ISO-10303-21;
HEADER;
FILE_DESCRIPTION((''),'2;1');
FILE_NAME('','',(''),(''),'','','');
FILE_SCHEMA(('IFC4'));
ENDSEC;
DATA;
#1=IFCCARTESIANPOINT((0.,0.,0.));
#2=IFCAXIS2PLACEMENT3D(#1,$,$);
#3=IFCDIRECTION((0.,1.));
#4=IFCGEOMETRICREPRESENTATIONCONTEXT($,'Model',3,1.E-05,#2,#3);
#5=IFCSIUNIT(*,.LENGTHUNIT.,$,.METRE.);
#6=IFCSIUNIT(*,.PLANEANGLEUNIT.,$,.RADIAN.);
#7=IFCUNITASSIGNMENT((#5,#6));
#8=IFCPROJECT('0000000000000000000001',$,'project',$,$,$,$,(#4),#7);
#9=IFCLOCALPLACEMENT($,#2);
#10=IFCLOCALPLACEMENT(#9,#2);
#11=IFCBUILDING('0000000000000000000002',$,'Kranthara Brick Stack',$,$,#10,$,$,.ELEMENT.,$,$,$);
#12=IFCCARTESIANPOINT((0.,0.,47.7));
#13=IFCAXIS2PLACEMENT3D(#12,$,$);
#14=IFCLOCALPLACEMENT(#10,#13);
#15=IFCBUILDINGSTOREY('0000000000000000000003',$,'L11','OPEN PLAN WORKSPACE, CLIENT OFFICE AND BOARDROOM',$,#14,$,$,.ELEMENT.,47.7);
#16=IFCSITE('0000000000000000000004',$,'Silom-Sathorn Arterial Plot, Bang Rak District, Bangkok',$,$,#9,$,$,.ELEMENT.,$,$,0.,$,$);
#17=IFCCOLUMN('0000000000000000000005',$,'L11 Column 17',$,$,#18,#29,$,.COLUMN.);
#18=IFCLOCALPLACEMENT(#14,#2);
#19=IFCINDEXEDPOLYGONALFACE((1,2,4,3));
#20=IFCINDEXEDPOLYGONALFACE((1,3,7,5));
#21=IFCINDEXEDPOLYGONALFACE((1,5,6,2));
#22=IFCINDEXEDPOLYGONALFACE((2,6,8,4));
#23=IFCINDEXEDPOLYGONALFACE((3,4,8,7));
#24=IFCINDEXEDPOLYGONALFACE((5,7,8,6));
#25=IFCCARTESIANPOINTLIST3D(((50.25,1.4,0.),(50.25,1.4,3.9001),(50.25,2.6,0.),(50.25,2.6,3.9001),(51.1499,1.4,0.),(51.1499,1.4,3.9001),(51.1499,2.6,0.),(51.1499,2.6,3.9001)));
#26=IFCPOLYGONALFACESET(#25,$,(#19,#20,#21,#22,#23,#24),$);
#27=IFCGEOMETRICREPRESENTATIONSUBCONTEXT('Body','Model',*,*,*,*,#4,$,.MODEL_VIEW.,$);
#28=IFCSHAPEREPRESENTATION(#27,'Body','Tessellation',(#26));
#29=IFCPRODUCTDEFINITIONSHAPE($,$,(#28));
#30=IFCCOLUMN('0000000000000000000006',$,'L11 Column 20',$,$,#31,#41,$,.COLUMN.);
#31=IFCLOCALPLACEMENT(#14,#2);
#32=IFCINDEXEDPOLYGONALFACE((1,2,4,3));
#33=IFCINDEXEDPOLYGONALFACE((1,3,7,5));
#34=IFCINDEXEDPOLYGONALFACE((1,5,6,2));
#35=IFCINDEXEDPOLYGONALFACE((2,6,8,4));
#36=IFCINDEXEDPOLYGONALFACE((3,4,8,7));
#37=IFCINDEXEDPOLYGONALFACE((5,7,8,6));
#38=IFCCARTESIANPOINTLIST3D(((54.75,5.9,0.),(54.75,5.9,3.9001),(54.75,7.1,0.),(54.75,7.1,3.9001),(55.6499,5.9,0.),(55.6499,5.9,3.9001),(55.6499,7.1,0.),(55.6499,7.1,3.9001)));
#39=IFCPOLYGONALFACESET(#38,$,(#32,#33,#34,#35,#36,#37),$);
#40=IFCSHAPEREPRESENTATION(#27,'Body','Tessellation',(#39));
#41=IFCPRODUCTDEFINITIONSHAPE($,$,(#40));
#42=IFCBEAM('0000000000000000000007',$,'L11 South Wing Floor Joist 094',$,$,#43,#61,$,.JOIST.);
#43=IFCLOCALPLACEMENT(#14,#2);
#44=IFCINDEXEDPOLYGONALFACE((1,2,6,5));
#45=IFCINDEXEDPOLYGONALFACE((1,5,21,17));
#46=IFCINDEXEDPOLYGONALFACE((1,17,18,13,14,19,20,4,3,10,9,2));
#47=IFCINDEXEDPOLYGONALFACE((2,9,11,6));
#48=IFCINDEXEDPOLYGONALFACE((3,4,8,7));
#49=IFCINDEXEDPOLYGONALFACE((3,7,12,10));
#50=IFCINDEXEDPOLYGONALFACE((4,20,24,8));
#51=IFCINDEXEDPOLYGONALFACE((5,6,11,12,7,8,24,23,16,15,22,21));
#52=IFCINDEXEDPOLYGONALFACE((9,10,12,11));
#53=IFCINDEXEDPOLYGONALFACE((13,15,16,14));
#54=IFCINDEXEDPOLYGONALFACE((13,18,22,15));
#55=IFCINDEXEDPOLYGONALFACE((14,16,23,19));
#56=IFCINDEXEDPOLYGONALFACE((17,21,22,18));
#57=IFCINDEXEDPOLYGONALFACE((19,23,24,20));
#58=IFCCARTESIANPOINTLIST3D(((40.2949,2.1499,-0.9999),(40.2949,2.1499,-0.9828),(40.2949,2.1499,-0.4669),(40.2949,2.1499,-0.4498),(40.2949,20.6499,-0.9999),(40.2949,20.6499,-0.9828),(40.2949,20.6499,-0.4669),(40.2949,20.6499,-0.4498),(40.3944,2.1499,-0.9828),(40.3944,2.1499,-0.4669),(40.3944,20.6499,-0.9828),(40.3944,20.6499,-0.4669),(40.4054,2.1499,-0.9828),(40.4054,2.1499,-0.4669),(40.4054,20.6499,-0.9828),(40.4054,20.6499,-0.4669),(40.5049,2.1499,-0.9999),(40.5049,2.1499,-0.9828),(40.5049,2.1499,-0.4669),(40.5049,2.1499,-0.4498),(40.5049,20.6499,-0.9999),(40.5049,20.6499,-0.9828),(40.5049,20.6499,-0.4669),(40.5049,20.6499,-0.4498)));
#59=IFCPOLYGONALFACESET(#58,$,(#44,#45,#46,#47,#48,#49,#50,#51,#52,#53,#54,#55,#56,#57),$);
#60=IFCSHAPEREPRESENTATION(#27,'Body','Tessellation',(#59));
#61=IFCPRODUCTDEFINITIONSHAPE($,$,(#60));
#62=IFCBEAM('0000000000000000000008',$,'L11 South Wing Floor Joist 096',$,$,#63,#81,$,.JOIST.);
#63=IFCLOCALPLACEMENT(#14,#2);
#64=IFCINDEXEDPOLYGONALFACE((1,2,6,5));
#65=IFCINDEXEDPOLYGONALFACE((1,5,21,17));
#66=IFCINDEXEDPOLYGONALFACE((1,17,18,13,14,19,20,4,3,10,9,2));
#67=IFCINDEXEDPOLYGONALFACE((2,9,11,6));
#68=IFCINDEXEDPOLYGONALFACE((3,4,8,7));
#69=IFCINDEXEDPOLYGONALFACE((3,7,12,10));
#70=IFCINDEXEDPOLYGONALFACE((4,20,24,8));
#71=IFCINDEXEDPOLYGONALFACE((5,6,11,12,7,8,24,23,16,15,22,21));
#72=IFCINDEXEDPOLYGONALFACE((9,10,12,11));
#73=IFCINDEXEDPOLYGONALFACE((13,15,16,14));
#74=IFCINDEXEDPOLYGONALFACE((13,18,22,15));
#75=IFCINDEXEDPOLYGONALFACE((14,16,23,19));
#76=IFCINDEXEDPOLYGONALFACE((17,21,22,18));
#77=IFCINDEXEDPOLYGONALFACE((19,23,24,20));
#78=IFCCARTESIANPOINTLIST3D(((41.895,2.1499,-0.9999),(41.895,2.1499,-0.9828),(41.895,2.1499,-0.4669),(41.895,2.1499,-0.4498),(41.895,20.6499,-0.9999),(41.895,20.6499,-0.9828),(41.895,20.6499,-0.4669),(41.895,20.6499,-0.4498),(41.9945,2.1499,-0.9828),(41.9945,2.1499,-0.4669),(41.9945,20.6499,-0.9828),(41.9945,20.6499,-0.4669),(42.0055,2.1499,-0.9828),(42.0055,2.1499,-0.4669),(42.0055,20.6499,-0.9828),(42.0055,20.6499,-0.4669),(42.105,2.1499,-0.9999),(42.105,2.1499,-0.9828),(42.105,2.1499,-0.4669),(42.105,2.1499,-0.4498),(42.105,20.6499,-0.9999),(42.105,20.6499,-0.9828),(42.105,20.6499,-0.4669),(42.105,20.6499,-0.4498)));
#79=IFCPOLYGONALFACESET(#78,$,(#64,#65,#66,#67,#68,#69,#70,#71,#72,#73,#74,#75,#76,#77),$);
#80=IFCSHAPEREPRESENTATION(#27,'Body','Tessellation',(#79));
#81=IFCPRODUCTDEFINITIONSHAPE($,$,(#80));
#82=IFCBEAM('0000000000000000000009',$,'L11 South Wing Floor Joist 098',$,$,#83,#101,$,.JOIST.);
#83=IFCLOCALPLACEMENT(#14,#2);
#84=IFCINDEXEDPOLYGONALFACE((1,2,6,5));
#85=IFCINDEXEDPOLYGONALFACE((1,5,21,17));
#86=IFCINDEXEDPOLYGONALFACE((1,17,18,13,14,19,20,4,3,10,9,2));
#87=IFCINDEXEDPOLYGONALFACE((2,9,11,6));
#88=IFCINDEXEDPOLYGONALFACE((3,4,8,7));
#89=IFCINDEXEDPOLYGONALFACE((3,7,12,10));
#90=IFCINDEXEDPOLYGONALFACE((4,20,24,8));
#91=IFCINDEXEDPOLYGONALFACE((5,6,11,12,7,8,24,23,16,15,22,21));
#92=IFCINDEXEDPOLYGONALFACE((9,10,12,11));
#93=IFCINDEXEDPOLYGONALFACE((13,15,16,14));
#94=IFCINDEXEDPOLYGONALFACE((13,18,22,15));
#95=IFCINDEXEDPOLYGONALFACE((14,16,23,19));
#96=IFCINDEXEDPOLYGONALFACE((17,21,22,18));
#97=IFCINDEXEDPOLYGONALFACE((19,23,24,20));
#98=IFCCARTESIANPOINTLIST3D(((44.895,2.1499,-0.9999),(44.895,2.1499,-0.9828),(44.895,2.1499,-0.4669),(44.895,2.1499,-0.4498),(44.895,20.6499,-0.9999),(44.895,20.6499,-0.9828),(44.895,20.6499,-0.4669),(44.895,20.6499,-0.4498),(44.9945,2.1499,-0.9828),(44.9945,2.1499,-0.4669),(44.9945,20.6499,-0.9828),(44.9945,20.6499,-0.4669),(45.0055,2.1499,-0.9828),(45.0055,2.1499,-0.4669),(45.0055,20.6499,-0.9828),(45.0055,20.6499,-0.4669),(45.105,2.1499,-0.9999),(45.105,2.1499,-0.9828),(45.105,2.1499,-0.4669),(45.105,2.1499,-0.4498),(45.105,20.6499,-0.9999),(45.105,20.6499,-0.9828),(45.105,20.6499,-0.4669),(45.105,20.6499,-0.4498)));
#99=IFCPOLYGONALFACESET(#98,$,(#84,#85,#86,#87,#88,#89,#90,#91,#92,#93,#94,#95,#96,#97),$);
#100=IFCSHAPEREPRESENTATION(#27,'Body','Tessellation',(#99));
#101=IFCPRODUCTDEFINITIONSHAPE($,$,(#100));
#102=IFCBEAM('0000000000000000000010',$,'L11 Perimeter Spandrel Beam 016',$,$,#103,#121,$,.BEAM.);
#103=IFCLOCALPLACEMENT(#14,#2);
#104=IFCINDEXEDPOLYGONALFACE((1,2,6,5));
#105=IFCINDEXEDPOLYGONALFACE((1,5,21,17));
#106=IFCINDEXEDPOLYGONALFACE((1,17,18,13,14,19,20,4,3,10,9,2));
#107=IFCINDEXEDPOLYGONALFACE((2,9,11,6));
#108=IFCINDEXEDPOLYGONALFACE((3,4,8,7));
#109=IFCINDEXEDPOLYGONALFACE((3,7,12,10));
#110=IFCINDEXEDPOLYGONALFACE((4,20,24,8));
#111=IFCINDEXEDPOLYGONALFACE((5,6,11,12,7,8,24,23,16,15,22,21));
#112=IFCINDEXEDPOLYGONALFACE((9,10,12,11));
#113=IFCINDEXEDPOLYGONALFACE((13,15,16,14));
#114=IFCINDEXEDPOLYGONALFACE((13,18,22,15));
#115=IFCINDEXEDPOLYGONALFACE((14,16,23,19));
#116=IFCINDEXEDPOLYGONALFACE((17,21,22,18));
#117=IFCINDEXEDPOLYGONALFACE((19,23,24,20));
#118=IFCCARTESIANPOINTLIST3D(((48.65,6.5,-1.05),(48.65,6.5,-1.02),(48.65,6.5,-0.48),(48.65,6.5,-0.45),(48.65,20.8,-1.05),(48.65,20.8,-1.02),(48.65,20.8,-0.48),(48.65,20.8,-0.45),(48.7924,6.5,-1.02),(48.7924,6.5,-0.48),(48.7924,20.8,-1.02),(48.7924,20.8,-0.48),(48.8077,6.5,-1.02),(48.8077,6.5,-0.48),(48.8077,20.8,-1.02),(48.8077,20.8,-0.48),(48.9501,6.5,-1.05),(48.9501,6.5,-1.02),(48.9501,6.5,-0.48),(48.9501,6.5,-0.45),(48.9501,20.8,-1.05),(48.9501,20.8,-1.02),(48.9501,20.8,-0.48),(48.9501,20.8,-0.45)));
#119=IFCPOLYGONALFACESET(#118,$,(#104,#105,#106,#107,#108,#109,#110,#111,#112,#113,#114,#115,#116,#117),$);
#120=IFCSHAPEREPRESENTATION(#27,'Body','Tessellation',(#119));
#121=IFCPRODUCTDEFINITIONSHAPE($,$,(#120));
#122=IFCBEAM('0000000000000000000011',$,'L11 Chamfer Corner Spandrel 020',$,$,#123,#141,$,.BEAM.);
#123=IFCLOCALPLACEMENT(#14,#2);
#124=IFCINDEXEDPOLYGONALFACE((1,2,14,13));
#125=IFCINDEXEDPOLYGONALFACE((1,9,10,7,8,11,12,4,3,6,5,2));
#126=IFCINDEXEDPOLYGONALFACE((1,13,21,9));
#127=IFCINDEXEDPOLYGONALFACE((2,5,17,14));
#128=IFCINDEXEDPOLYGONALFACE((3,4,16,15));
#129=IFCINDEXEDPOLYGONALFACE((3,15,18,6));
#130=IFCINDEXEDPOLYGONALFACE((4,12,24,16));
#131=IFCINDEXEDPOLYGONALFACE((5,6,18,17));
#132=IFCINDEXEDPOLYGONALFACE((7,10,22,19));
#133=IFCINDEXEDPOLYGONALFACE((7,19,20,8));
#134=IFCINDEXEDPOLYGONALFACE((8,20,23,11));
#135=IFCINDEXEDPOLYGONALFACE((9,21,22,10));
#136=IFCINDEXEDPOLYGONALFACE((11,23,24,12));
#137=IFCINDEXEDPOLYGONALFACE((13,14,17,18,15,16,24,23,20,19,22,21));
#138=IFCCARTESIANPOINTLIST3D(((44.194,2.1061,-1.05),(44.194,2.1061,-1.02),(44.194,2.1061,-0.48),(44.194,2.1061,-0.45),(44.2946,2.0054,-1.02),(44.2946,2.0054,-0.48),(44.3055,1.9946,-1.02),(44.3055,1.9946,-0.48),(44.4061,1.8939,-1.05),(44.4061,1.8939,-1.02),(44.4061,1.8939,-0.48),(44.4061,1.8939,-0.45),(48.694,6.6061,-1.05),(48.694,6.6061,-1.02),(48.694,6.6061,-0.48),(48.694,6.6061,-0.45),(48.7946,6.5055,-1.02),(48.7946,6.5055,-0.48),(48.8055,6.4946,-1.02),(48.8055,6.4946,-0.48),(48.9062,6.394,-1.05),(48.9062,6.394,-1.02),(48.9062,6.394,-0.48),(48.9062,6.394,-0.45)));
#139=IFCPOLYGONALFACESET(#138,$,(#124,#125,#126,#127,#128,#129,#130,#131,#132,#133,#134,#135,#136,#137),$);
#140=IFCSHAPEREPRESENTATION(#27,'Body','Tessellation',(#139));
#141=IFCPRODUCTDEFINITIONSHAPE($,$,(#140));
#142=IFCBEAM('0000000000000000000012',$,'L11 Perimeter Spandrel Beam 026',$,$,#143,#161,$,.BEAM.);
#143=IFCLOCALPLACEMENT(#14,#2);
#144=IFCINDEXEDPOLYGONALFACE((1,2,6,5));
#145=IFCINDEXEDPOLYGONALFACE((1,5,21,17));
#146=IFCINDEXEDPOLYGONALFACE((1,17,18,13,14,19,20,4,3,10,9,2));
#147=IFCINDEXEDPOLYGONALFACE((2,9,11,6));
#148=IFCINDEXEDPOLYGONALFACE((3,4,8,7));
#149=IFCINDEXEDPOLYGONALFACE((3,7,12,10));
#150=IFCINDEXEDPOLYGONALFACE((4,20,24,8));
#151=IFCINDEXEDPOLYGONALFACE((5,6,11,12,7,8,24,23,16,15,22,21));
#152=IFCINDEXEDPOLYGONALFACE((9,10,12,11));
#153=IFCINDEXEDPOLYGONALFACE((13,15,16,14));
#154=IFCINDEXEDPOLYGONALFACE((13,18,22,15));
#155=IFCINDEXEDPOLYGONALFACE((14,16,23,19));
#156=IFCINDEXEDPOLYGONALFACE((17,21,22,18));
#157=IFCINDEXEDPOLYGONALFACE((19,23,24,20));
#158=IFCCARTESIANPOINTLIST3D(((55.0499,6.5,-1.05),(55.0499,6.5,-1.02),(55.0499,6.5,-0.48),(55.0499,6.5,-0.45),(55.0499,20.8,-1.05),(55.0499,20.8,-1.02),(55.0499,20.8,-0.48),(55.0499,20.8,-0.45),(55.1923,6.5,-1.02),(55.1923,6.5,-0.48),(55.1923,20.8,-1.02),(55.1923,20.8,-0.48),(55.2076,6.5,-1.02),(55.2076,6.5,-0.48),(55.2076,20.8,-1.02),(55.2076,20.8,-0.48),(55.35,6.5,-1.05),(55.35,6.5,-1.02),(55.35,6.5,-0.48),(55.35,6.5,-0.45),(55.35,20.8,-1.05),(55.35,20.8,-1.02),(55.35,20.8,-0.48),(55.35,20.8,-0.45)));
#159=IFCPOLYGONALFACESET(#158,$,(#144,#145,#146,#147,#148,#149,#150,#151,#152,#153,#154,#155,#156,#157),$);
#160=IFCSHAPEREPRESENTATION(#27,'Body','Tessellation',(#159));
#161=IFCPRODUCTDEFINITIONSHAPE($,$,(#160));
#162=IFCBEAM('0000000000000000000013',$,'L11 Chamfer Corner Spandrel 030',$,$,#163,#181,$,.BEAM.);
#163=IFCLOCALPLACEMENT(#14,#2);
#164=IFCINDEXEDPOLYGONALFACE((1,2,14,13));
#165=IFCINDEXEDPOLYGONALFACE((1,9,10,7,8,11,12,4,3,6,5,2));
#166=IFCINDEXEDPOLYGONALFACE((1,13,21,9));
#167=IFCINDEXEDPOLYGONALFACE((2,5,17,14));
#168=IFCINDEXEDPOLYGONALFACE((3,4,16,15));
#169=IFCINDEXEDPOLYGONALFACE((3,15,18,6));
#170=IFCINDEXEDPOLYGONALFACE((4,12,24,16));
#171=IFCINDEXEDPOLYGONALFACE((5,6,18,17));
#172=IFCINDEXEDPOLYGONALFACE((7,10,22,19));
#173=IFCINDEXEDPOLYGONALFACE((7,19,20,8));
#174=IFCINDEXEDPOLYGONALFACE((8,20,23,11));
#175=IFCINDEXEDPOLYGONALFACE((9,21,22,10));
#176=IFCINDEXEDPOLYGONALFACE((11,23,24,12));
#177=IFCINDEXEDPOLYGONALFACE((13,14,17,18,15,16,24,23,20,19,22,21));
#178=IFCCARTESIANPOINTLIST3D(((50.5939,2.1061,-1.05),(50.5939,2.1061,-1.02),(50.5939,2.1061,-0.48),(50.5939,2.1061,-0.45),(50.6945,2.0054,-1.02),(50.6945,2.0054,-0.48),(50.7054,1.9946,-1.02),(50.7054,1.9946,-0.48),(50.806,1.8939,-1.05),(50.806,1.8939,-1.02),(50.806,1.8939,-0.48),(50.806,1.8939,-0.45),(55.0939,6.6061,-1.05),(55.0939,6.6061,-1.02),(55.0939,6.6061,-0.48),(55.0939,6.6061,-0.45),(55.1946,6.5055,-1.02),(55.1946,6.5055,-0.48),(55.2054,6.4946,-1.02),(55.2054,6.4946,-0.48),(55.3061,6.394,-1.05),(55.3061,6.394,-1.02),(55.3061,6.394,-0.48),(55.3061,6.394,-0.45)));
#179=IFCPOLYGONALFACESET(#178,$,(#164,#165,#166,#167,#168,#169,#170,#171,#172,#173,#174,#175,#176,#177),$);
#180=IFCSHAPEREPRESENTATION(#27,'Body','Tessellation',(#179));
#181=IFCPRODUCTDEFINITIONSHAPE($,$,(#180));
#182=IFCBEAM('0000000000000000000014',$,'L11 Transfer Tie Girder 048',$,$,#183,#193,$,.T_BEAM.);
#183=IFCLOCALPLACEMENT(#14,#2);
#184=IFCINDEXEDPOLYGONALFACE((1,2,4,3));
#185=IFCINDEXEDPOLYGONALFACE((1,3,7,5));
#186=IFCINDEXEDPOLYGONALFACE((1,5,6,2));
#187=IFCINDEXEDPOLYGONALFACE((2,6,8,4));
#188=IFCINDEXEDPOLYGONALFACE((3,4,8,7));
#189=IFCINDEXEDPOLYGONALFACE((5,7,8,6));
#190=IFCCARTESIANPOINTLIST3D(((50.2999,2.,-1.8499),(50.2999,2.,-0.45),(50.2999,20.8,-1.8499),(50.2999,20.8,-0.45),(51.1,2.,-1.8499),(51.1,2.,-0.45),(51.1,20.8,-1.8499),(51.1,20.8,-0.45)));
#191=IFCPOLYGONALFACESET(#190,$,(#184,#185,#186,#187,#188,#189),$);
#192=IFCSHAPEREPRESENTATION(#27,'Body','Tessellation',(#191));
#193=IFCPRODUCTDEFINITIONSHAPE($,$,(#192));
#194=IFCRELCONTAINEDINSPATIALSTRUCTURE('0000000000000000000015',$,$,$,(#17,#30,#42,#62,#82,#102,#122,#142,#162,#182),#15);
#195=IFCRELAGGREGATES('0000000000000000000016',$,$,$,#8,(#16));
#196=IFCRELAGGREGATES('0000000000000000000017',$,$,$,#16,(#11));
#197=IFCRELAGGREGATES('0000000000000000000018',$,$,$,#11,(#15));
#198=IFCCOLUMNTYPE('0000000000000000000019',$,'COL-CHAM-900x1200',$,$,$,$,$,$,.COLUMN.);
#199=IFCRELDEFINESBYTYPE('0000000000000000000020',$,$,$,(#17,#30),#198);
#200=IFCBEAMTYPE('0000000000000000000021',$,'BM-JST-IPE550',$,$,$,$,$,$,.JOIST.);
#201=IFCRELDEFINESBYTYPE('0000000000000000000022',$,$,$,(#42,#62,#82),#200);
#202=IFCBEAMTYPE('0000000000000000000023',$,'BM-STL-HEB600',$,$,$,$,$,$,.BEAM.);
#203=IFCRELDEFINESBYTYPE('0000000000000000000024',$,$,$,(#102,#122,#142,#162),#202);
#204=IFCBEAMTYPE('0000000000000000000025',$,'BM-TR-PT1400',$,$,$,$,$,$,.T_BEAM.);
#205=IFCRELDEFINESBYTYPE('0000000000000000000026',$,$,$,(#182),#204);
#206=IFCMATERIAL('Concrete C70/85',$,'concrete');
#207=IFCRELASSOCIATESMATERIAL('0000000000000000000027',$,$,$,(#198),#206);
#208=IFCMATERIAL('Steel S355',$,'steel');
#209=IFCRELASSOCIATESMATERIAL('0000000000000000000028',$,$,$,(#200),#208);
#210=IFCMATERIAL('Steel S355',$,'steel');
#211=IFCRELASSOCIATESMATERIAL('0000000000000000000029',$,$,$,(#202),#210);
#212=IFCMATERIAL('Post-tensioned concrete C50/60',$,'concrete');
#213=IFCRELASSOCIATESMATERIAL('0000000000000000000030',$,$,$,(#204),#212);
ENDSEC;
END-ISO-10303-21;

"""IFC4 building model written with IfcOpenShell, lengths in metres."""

from ifc_helpers import new_model, si_unit, direction, frame, origin, origin_2d, place, context, subcontext, project, spatial, rectangle, i_section, extrude, material, material_profile, profile_set, type_object, element, save


model = new_model("IFC4")

# Units and contexts
model_context = context("Model", 3, precision=1e-05, world=origin(), true_north=direction((0.0, 1.0)))
body_context = subcontext(model_context, "Body", "Model", "MODEL_VIEW")
ifc_project = project(units=[si_unit("LENGTHUNIT", "METRE"), si_unit("PLANEANGLEUNIT", "RADIAN")], contexts=[model_context])

# Site, building, storey
site_placement = place(None, origin())
site = spatial("IfcSite", under=ifc_project, at=site_placement, Name="Silom-Sathorn Arterial Plot, Bang Rak District, Bangkok", CompositionType="ELEMENT", RefElevation=0.0)
building_placement = place(site_placement, origin())
building = spatial("IfcBuilding", under=site, at=building_placement, Name="Kranthara Brick Stack", CompositionType="ELEMENT")
storey_placement = place(building_placement, frame((0.0, 0.0, 47.7)))
storey = spatial("IfcBuildingStorey", under=building, at=storey_placement, Name="L11", Description="OPEN PLAN WORKSPACE, CLIENT OFFICE AND BOARDROOM", CompositionType="ELEMENT", Elevation=47.7)

# Columns
ifc_material_1 = material(Name="Concrete C70/85", Category="concrete")
ifc_material_profile_1 = material_profile(ifc_material_1, rectangle(XDim=0.8999, YDim=1.2, at=origin_2d()), Name="RC 900x1200")
ifc_profile_set_1 = profile_set([ifc_material_profile_1], Name="Concrete C70/85")
column_type = type_object("IfcColumnType", Name="COL-CHAM-900x1200", PredefinedType="COLUMN", material=ifc_profile_set_1)
for number, where, z_axis, x_axis, name in (
    (1, (50.7, 2.0, 0.0), (0.0, 0.0, 1.0), (1.0, 0.0, 0.0), "L11 Column 17"),
    (2, (55.2, 6.5, 0.0), (0.0, 0.0, 1.0), (1.0, 0.0, 0.0), "L11 Column 20"),
):
    element("IfcColumn", number, at=place(storey_placement, frame(where, z_axis=z_axis, x_axis=x_axis)), inside=storey, type_object=column_type, Name=name, PredefinedType="COLUMN", context=body_context, shape_type="SweptSolid", body=[
        extrude(rectangle(XDim=0.8999, YDim=1.2, at=origin_2d()), origin(), (0.0, 0.0, 1.0), 3.9001),
    ])

# Beams
ifc_material_2 = material(Name="Steel S355", Category="steel")
ifc_material_profile_2 = material_profile(ifc_material_2, i_section(OverallWidth=0.21, OverallDepth=0.55, WebThickness=0.011, FlangeThickness=0.0171, at=origin_2d()), Name="IPE 550")
ifc_profile_set_2 = profile_set([ifc_material_profile_2], Name="Steel S355")
beam_type_1 = type_object("IfcBeamType", Name="BM-JST-IPE550", PredefinedType="JOIST", material=ifc_profile_set_2)
for number, where, z_axis, x_axis, name in (
    (3, (40.3999, 2.1499, -0.7249), (0.0, 1.0, 0.0), (-1.0, 0.0, 0.0), "L11 South Wing Floor Joist 094"),
    (4, (42.0, 2.1499, -0.7249), (0.0, 1.0, 0.0), (-1.0, 0.0, 0.0), "L11 South Wing Floor Joist 096"),
    (5, (45.0, 2.1499, -0.7249), (0.0, 1.0, 0.0), (-1.0, 0.0, 0.0), "L11 South Wing Floor Joist 098"),
):
    element("IfcBeam", number, at=place(storey_placement, frame(where, z_axis=z_axis, x_axis=x_axis)), inside=storey, type_object=beam_type_1, Name=name, PredefinedType="JOIST", context=body_context, shape_type="SweptSolid", body=[
        extrude(i_section(OverallWidth=0.21, OverallDepth=0.55, WebThickness=0.011, FlangeThickness=0.0171, at=origin_2d()), origin(), (0.0, 0.0, 1.0), 18.5),
    ])
ifc_material_3 = material(Name="Steel S355", Category="steel")
ifc_material_profile_3 = material_profile(ifc_material_3, i_section(OverallWidth=0.3, OverallDepth=0.6001, WebThickness=0.0154, FlangeThickness=0.03, at=origin_2d()), Name="HEB 600")
ifc_profile_set_3 = profile_set([ifc_material_profile_3], Name="Steel S355")
beam_type_2 = type_object("IfcBeamType", Name="BM-STL-HEB600", PredefinedType="BEAM", material=ifc_profile_set_3)
beam_1_placement = place(storey_placement, frame((48.8, 6.5, -0.75), z_axis=(0.0, 1.0, 0.0), x_axis=(-1.0, 0.0, 0.0)))
element("IfcBeam", 6, at=beam_1_placement, inside=storey, type_object=beam_type_2, Name="L11 Perimeter Spandrel Beam 016", PredefinedType="BEAM", context=body_context, shape_type="SweptSolid", body=[
    extrude(i_section(OverallWidth=0.3, OverallDepth=0.6001, WebThickness=0.0154, FlangeThickness=0.03, at=origin_2d()), origin(), (0.0, 0.0, 1.0), 14.3),
])
beam_2_placement = place(storey_placement, frame((44.3, 2.0, -0.75), z_axis=(0.707107, 0.707107, 0.0), x_axis=(-0.707107, 0.707107, 0.0)))
element("IfcBeam", 7, at=beam_2_placement, inside=storey, type_object=beam_type_2, Name="L11 Chamfer Corner Spandrel 020", PredefinedType="BEAM", context=body_context, shape_type="SweptSolid", body=[
    extrude(i_section(OverallWidth=0.3, OverallDepth=0.6001, WebThickness=0.0154, FlangeThickness=0.03, at=origin_2d()), origin(), (0.0, 0.0, 1.0), 6.364),
])
beam_3_placement = place(storey_placement, frame((55.2, 6.5, -0.75), z_axis=(0.0, 1.0, 0.0), x_axis=(-1.0, 0.0, 0.0)))
element("IfcBeam", 8, at=beam_3_placement, inside=storey, type_object=beam_type_2, Name="L11 Perimeter Spandrel Beam 026", PredefinedType="BEAM", context=body_context, shape_type="SweptSolid", body=[
    extrude(i_section(OverallWidth=0.3, OverallDepth=0.6001, WebThickness=0.0154, FlangeThickness=0.03, at=origin_2d()), origin(), (0.0, 0.0, 1.0), 14.3),
])
beam_4_placement = place(storey_placement, frame((50.7, 2.0, -0.75), z_axis=(0.707107, 0.707107, 0.0), x_axis=(-0.707107, 0.707107, 0.0)))
element("IfcBeam", 9, at=beam_4_placement, inside=storey, type_object=beam_type_2, Name="L11 Chamfer Corner Spandrel 030", PredefinedType="BEAM", context=body_context, shape_type="SweptSolid", body=[
    extrude(i_section(OverallWidth=0.3, OverallDepth=0.6001, WebThickness=0.0154, FlangeThickness=0.03, at=origin_2d()), origin(), (0.0, 0.0, 1.0), 6.364),
])
ifc_material_4 = material(Name="Post-tensioned concrete C50/60", Category="concrete")
ifc_material_profile_4 = material_profile(ifc_material_4, rectangle(XDim=0.8, YDim=1.3999, at=origin_2d()), Name="PT 800x1400")
ifc_profile_set_4 = profile_set([ifc_material_profile_4], Name="Post-tensioned concrete C50/60")
beam_type_3 = type_object("IfcBeamType", Name="BM-TR-PT1400", PredefinedType="T_BEAM", material=ifc_profile_set_4)
beam_5_placement = place(storey_placement, frame((50.7, 2.0, -1.1499), z_axis=(0.0, 1.0, 0.0), x_axis=(-1.0, 0.0, 0.0)))
element("IfcBeam", 10, at=beam_5_placement, inside=storey, type_object=beam_type_3, Name="L11 Transfer Tie Girder 048", PredefinedType="T_BEAM", context=body_context, shape_type="SweptSolid", body=[
    extrude(rectangle(XDim=0.8, YDim=1.3999, at=origin_2d()), origin(), (0.0, 0.0, 1.0), 18.8),
])

save(model, "model.ifc")
